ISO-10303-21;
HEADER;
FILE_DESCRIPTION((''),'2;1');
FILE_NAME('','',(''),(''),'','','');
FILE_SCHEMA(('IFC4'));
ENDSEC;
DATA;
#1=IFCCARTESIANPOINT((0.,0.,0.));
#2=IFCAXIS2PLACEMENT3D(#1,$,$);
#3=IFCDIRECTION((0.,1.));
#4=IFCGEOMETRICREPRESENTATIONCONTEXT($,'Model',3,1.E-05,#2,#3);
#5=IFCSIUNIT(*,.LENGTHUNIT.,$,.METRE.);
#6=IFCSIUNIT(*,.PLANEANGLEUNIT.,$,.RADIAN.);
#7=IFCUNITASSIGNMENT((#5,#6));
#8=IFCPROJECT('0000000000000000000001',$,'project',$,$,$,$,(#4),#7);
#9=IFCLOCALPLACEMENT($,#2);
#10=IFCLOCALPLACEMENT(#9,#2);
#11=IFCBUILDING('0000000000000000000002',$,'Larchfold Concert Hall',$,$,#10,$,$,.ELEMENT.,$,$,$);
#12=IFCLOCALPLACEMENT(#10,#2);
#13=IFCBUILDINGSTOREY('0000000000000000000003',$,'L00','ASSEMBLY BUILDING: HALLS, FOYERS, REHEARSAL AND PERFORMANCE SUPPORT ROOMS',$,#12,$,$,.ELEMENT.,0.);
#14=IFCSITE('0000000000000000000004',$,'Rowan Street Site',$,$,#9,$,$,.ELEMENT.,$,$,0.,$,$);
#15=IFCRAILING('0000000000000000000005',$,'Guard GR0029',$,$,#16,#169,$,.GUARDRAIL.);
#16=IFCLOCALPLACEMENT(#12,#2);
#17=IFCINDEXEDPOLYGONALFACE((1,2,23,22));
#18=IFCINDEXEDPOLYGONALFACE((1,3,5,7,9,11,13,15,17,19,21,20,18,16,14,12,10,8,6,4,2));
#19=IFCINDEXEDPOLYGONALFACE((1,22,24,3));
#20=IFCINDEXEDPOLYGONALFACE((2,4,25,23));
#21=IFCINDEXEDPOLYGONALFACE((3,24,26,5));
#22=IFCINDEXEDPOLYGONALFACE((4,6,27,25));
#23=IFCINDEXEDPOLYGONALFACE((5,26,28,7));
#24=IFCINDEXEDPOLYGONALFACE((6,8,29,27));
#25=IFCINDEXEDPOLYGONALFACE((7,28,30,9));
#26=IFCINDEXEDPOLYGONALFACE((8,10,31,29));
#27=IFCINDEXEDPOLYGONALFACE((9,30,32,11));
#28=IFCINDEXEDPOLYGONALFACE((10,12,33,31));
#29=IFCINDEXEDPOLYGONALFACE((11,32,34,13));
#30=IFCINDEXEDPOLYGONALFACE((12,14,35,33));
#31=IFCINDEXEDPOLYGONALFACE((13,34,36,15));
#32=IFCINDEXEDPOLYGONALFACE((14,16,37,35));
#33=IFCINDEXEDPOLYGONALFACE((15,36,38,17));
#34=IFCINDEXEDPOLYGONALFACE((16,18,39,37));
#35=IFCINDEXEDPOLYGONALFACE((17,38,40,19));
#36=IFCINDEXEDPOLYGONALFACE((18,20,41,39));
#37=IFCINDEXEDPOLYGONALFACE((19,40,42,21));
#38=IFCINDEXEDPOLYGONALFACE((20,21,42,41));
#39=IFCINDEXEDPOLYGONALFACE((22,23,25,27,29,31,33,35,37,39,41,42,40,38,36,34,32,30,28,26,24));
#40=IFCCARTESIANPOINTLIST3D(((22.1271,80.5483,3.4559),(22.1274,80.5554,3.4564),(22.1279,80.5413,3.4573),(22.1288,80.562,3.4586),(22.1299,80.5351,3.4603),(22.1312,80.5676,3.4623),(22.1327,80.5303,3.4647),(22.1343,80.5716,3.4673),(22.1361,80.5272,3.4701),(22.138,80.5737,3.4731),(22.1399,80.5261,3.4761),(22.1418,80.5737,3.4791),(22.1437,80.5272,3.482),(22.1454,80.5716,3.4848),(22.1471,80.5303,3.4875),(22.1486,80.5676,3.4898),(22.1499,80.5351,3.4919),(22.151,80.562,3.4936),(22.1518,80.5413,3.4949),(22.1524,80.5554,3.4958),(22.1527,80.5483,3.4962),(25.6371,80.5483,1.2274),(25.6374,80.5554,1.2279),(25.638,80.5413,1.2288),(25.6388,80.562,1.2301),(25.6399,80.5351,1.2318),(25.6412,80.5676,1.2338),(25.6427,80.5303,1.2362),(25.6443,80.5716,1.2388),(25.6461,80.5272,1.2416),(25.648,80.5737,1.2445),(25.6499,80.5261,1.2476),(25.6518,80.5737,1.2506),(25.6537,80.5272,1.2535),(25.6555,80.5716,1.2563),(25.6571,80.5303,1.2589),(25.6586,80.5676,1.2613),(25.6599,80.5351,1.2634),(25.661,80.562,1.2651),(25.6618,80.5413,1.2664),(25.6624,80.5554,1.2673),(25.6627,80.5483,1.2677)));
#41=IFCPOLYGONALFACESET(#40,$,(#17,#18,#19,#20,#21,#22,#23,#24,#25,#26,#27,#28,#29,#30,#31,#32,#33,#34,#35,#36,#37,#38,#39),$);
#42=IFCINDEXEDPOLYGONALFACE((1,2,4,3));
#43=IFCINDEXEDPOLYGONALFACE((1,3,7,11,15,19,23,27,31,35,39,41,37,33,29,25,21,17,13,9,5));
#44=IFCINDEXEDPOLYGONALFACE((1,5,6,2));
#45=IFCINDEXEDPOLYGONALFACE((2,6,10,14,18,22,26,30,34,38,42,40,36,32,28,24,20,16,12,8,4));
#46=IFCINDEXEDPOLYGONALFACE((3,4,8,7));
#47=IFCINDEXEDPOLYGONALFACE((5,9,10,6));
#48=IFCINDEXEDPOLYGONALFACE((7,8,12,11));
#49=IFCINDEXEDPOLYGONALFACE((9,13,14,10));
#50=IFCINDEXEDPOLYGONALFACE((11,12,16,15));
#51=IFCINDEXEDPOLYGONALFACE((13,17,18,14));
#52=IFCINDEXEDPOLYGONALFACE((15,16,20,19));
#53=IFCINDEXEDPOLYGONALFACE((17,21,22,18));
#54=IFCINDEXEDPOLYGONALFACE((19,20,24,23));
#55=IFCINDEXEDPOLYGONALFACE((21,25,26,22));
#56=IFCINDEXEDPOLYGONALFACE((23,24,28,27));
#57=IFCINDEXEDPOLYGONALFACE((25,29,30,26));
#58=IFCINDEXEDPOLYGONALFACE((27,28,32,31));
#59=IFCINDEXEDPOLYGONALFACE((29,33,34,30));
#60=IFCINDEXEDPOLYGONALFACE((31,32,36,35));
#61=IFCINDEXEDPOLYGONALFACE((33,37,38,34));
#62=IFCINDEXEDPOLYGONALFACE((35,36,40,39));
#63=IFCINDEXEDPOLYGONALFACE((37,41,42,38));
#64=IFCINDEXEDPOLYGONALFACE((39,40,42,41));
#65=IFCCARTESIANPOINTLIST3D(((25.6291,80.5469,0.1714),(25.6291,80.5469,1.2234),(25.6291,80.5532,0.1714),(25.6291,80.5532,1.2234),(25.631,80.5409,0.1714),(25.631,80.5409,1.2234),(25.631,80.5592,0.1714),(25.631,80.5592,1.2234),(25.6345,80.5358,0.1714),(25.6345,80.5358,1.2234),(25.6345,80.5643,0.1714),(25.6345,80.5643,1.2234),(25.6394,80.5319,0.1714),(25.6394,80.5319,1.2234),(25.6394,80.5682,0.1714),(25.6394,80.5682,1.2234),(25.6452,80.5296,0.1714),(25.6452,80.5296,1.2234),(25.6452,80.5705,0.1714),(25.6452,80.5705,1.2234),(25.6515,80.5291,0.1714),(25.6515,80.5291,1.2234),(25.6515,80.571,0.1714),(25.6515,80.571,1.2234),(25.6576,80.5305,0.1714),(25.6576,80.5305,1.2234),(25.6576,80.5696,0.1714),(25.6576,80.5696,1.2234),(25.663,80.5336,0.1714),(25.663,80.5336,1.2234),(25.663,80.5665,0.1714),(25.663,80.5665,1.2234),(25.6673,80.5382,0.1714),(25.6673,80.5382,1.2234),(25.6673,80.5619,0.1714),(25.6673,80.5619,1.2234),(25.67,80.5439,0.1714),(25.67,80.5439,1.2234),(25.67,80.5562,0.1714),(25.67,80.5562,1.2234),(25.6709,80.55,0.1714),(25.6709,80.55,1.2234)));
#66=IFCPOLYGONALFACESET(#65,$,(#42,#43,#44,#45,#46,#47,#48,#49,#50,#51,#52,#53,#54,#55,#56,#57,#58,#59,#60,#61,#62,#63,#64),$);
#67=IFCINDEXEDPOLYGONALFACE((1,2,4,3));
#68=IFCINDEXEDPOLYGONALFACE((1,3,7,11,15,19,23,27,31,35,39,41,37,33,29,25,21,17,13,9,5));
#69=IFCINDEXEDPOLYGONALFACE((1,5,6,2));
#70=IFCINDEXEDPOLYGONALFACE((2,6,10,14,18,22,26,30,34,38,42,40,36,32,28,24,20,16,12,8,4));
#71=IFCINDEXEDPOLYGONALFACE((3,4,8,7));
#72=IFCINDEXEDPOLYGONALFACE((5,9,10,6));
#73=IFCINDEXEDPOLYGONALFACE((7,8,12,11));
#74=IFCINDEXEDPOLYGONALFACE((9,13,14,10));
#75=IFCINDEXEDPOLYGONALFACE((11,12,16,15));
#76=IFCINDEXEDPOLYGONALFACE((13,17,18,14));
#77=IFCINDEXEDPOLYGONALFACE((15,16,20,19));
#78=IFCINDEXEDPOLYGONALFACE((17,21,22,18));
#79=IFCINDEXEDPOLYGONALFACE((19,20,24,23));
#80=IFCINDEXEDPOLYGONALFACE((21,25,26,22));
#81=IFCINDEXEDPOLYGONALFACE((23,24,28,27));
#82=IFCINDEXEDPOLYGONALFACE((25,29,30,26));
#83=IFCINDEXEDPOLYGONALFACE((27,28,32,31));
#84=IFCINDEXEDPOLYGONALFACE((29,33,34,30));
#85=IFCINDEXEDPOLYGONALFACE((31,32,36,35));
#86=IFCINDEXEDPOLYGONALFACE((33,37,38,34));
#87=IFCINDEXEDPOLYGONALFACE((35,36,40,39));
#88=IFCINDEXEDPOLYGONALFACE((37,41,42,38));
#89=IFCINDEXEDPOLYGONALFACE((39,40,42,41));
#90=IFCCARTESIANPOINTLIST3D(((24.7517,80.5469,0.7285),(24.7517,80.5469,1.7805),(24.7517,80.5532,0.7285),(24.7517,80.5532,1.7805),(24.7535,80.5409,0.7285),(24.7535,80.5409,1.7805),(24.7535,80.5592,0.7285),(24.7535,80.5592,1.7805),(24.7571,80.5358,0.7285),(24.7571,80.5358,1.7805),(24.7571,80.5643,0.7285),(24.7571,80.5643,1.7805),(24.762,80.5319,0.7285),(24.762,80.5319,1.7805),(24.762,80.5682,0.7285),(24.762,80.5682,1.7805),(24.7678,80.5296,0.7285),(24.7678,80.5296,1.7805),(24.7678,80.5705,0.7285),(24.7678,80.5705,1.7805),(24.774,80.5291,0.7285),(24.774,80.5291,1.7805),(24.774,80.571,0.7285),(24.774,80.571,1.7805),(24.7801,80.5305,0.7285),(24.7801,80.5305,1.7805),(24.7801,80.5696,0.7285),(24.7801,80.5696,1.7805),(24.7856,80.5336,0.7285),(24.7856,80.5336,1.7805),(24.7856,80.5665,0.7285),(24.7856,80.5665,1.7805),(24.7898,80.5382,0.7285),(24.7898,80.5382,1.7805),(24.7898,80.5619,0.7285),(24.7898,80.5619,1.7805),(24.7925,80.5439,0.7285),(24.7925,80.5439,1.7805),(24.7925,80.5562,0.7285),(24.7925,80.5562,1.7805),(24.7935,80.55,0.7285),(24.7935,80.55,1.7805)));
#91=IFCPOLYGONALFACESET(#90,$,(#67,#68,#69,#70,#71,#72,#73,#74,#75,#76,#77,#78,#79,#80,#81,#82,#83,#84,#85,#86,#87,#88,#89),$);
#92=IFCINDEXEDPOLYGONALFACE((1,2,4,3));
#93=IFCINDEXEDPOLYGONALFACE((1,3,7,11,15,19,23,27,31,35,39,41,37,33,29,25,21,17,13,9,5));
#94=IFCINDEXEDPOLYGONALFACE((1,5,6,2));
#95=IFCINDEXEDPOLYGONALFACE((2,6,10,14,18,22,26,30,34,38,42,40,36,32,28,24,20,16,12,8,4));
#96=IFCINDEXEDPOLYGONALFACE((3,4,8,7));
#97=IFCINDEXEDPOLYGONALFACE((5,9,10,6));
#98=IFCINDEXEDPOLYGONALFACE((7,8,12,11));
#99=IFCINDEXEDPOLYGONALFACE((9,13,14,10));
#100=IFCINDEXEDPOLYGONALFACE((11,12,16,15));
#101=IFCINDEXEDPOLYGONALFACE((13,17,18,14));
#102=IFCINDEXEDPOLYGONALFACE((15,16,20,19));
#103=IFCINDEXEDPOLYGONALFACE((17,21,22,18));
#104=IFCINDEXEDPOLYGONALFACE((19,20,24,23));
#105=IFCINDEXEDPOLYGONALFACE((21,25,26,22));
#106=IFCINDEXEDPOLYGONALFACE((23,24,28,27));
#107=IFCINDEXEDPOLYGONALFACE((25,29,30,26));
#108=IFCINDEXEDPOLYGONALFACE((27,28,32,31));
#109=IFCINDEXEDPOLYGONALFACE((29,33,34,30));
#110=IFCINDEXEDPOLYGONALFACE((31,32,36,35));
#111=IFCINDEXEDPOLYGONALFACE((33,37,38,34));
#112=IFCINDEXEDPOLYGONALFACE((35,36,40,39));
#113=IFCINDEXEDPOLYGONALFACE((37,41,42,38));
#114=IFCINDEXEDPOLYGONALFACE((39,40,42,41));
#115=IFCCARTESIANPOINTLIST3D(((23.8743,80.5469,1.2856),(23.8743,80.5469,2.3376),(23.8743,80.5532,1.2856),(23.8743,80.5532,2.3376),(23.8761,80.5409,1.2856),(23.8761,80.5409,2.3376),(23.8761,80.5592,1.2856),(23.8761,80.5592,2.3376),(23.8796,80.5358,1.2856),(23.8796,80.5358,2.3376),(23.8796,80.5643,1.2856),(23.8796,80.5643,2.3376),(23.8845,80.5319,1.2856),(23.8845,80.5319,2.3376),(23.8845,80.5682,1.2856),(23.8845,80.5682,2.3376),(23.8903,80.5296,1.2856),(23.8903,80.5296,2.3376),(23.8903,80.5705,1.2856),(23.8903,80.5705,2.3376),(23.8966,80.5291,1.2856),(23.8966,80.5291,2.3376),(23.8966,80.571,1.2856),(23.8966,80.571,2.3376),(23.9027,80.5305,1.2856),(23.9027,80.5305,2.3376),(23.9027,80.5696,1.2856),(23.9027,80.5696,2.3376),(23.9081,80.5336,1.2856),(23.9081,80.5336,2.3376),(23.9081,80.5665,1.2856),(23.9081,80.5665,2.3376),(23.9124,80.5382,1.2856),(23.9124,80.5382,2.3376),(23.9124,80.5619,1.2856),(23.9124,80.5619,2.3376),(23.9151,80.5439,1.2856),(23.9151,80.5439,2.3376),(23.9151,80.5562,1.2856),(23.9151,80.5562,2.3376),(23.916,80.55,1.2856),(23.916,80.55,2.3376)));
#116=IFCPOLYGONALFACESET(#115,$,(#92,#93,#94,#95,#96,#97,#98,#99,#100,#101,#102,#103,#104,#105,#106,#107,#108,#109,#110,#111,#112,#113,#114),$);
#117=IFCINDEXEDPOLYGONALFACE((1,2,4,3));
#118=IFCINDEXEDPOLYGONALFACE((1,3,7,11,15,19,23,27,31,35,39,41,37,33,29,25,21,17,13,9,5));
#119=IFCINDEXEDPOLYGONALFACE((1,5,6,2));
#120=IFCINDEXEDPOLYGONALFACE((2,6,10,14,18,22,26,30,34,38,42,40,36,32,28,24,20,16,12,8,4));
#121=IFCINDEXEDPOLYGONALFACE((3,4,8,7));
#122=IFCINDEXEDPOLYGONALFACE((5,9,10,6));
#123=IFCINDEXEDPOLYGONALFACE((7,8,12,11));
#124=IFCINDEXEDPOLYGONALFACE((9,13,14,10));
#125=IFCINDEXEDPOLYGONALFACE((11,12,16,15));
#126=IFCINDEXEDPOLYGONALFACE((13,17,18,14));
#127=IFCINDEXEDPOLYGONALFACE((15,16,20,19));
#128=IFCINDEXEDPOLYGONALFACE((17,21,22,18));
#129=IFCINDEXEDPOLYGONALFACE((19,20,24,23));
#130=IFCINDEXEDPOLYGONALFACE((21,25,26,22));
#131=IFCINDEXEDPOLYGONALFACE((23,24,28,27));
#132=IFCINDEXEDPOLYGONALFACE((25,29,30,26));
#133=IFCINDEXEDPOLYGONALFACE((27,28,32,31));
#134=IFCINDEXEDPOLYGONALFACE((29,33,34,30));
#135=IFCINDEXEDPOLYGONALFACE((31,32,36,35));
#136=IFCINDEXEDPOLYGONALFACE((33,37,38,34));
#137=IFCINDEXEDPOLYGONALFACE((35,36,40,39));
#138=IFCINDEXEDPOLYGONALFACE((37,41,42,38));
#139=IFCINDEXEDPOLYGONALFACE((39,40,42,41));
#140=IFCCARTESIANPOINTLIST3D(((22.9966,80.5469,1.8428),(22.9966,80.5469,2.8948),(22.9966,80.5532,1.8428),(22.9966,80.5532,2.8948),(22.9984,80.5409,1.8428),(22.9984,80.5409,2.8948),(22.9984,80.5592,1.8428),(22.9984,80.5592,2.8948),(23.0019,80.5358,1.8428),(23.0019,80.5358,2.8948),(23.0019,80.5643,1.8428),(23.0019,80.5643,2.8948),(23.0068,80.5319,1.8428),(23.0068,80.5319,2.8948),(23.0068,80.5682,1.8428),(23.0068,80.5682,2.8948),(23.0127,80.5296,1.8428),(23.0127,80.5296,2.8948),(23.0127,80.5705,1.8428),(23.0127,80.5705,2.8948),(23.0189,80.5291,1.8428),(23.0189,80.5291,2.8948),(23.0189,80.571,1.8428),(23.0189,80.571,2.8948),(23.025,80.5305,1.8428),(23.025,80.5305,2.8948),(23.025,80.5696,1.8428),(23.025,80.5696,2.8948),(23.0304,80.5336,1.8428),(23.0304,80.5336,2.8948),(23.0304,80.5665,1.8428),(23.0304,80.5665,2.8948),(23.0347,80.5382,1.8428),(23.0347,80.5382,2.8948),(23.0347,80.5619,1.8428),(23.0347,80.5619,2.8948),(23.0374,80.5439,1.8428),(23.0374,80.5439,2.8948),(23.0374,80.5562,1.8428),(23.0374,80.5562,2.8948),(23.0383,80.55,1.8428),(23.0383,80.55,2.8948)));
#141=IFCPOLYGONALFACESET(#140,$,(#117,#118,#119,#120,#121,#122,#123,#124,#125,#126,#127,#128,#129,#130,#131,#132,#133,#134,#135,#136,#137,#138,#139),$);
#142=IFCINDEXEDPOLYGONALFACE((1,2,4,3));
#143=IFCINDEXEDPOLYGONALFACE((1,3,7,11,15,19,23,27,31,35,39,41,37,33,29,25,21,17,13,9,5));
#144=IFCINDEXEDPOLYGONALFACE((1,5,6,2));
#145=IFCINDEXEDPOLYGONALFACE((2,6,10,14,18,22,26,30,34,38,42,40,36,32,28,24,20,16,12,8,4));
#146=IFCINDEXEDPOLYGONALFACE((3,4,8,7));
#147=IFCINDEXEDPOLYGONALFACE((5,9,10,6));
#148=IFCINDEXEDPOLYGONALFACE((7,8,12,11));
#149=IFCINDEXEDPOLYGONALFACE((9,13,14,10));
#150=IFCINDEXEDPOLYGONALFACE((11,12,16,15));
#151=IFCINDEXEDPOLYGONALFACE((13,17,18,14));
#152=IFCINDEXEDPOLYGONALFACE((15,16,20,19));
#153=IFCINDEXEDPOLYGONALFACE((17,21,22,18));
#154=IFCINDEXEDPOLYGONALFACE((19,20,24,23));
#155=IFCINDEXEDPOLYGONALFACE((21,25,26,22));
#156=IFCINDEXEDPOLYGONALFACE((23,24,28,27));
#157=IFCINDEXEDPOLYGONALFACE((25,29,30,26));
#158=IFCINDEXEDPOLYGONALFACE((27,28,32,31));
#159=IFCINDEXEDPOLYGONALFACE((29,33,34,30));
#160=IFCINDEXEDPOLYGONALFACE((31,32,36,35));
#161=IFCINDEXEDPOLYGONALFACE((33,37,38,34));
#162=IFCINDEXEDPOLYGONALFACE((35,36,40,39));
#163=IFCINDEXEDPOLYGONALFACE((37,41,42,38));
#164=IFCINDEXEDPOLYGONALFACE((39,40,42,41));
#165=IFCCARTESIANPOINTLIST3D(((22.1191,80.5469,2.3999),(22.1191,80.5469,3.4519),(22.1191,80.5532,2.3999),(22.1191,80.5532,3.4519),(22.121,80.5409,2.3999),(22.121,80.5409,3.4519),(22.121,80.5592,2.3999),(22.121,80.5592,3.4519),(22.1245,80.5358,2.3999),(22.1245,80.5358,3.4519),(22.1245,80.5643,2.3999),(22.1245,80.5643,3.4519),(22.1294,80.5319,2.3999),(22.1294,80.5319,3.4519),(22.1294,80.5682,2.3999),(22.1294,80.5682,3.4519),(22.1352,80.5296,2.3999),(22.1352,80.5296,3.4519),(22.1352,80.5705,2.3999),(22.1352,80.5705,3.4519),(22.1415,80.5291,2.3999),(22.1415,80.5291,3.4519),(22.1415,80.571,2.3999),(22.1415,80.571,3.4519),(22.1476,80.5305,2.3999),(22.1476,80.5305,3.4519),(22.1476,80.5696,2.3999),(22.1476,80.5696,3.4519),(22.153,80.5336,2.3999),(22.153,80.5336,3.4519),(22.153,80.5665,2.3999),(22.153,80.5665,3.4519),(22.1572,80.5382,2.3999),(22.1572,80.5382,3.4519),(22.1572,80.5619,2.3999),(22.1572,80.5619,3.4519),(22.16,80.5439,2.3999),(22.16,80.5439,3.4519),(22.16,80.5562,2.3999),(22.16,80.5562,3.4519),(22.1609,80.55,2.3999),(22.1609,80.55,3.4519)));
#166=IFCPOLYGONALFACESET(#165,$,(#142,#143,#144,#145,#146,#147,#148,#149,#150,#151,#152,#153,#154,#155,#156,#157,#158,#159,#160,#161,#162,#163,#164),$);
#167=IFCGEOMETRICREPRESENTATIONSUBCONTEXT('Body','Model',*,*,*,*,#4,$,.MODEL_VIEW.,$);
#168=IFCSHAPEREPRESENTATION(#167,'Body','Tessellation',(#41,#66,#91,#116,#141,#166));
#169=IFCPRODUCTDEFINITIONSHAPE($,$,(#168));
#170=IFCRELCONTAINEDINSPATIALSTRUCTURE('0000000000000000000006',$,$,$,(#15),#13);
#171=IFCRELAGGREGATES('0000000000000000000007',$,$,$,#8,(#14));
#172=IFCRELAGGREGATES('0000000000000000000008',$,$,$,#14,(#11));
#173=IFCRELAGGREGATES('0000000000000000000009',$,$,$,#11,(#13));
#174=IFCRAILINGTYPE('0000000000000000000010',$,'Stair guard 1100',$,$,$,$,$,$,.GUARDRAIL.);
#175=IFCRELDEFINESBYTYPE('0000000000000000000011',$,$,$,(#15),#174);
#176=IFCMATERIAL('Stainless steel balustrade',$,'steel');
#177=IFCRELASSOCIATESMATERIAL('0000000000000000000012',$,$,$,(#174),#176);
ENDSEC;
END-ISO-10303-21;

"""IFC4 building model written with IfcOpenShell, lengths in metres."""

from ifc_helpers import new_model, si_unit, direction, frame, origin, origin_2d, place, context, subcontext, project, spatial, circle, extrude, material, type_object, element, save


model = new_model("IFC4")

# Units and contexts
model_context = context("Model", 3, precision=1e-05, world=origin(), true_north=direction((0.0, 1.0)))
body_context = subcontext(model_context, "Body", "Model", "MODEL_VIEW")
ifc_project = project(units=[si_unit("LENGTHUNIT", "METRE"), si_unit("PLANEANGLEUNIT", "RADIAN")], contexts=[model_context])

# Site, building, storey
site_placement = place(None, origin())
site = spatial("IfcSite", under=ifc_project, at=site_placement, Name="Rowan Street Site", CompositionType="ELEMENT", RefElevation=0.0)
building_placement = place(site_placement, origin())
building = spatial("IfcBuilding", under=site, at=building_placement, Name="Larchfold Concert Hall", CompositionType="ELEMENT")
storey_placement = place(building_placement, origin())
storey = spatial("IfcBuildingStorey", under=building, at=storey_placement, Name="L00", Description="ASSEMBLY BUILDING: HALLS, FOYERS, REHEARSAL AND PERFORMANCE SUPPORT ROOMS", CompositionType="ELEMENT", Elevation=0.0)

# Railing
ifc_material_1 = material(Name="Stainless steel balustrade", Category="steel")
railing_type_1 = type_object("IfcRailingType", Name="Stair guard 1100", PredefinedType="GUARDRAIL", material=ifc_material_1)
railing_1_placement = place(storey_placement, frame((25.6499, 80.55, 0.1714)))
element("IfcRailing", 1, at=railing_1_placement, inside=storey, type_object=railing_type_1, Name="Guard GR0029", PredefinedType="GUARDRAIL", context=body_context, shape_type="SweptSolid", body=[
    extrude(circle(Radius=0.0239, at=origin_2d()), frame((0.0, 0.0, 1.0762), z_axis=(-0.84422, 0.0, 0.535998), x_axis=(0.0, -1.0, 0.0)), (0.0, 0.0, 1.0), 4.1577),
    extrude(circle(Radius=0.021, at=origin_2d()), origin(), (0.0, 0.0, 1.0), 1.052),
    extrude(circle(Radius=0.021, at=origin_2d()), frame((-0.8774, 0.0, 0.5571)), (0.0, 0.0, 1.0), 1.052),
    extrude(circle(Radius=0.021, at=origin_2d()), frame((-1.7549, 0.0, 1.1143)), (0.0, 0.0, 1.0), 1.052),
    extrude(circle(Radius=0.021, at=origin_2d()), frame((-2.6326, 0.0, 1.6714)), (0.0, 0.0, 1.0), 1.052),
    extrude(circle(Radius=0.021, at=origin_2d()), frame((-3.51, 0.0, 2.2285)), (0.0, 0.0, 1.0), 1.052),
])

save(model, "model.ifc")
